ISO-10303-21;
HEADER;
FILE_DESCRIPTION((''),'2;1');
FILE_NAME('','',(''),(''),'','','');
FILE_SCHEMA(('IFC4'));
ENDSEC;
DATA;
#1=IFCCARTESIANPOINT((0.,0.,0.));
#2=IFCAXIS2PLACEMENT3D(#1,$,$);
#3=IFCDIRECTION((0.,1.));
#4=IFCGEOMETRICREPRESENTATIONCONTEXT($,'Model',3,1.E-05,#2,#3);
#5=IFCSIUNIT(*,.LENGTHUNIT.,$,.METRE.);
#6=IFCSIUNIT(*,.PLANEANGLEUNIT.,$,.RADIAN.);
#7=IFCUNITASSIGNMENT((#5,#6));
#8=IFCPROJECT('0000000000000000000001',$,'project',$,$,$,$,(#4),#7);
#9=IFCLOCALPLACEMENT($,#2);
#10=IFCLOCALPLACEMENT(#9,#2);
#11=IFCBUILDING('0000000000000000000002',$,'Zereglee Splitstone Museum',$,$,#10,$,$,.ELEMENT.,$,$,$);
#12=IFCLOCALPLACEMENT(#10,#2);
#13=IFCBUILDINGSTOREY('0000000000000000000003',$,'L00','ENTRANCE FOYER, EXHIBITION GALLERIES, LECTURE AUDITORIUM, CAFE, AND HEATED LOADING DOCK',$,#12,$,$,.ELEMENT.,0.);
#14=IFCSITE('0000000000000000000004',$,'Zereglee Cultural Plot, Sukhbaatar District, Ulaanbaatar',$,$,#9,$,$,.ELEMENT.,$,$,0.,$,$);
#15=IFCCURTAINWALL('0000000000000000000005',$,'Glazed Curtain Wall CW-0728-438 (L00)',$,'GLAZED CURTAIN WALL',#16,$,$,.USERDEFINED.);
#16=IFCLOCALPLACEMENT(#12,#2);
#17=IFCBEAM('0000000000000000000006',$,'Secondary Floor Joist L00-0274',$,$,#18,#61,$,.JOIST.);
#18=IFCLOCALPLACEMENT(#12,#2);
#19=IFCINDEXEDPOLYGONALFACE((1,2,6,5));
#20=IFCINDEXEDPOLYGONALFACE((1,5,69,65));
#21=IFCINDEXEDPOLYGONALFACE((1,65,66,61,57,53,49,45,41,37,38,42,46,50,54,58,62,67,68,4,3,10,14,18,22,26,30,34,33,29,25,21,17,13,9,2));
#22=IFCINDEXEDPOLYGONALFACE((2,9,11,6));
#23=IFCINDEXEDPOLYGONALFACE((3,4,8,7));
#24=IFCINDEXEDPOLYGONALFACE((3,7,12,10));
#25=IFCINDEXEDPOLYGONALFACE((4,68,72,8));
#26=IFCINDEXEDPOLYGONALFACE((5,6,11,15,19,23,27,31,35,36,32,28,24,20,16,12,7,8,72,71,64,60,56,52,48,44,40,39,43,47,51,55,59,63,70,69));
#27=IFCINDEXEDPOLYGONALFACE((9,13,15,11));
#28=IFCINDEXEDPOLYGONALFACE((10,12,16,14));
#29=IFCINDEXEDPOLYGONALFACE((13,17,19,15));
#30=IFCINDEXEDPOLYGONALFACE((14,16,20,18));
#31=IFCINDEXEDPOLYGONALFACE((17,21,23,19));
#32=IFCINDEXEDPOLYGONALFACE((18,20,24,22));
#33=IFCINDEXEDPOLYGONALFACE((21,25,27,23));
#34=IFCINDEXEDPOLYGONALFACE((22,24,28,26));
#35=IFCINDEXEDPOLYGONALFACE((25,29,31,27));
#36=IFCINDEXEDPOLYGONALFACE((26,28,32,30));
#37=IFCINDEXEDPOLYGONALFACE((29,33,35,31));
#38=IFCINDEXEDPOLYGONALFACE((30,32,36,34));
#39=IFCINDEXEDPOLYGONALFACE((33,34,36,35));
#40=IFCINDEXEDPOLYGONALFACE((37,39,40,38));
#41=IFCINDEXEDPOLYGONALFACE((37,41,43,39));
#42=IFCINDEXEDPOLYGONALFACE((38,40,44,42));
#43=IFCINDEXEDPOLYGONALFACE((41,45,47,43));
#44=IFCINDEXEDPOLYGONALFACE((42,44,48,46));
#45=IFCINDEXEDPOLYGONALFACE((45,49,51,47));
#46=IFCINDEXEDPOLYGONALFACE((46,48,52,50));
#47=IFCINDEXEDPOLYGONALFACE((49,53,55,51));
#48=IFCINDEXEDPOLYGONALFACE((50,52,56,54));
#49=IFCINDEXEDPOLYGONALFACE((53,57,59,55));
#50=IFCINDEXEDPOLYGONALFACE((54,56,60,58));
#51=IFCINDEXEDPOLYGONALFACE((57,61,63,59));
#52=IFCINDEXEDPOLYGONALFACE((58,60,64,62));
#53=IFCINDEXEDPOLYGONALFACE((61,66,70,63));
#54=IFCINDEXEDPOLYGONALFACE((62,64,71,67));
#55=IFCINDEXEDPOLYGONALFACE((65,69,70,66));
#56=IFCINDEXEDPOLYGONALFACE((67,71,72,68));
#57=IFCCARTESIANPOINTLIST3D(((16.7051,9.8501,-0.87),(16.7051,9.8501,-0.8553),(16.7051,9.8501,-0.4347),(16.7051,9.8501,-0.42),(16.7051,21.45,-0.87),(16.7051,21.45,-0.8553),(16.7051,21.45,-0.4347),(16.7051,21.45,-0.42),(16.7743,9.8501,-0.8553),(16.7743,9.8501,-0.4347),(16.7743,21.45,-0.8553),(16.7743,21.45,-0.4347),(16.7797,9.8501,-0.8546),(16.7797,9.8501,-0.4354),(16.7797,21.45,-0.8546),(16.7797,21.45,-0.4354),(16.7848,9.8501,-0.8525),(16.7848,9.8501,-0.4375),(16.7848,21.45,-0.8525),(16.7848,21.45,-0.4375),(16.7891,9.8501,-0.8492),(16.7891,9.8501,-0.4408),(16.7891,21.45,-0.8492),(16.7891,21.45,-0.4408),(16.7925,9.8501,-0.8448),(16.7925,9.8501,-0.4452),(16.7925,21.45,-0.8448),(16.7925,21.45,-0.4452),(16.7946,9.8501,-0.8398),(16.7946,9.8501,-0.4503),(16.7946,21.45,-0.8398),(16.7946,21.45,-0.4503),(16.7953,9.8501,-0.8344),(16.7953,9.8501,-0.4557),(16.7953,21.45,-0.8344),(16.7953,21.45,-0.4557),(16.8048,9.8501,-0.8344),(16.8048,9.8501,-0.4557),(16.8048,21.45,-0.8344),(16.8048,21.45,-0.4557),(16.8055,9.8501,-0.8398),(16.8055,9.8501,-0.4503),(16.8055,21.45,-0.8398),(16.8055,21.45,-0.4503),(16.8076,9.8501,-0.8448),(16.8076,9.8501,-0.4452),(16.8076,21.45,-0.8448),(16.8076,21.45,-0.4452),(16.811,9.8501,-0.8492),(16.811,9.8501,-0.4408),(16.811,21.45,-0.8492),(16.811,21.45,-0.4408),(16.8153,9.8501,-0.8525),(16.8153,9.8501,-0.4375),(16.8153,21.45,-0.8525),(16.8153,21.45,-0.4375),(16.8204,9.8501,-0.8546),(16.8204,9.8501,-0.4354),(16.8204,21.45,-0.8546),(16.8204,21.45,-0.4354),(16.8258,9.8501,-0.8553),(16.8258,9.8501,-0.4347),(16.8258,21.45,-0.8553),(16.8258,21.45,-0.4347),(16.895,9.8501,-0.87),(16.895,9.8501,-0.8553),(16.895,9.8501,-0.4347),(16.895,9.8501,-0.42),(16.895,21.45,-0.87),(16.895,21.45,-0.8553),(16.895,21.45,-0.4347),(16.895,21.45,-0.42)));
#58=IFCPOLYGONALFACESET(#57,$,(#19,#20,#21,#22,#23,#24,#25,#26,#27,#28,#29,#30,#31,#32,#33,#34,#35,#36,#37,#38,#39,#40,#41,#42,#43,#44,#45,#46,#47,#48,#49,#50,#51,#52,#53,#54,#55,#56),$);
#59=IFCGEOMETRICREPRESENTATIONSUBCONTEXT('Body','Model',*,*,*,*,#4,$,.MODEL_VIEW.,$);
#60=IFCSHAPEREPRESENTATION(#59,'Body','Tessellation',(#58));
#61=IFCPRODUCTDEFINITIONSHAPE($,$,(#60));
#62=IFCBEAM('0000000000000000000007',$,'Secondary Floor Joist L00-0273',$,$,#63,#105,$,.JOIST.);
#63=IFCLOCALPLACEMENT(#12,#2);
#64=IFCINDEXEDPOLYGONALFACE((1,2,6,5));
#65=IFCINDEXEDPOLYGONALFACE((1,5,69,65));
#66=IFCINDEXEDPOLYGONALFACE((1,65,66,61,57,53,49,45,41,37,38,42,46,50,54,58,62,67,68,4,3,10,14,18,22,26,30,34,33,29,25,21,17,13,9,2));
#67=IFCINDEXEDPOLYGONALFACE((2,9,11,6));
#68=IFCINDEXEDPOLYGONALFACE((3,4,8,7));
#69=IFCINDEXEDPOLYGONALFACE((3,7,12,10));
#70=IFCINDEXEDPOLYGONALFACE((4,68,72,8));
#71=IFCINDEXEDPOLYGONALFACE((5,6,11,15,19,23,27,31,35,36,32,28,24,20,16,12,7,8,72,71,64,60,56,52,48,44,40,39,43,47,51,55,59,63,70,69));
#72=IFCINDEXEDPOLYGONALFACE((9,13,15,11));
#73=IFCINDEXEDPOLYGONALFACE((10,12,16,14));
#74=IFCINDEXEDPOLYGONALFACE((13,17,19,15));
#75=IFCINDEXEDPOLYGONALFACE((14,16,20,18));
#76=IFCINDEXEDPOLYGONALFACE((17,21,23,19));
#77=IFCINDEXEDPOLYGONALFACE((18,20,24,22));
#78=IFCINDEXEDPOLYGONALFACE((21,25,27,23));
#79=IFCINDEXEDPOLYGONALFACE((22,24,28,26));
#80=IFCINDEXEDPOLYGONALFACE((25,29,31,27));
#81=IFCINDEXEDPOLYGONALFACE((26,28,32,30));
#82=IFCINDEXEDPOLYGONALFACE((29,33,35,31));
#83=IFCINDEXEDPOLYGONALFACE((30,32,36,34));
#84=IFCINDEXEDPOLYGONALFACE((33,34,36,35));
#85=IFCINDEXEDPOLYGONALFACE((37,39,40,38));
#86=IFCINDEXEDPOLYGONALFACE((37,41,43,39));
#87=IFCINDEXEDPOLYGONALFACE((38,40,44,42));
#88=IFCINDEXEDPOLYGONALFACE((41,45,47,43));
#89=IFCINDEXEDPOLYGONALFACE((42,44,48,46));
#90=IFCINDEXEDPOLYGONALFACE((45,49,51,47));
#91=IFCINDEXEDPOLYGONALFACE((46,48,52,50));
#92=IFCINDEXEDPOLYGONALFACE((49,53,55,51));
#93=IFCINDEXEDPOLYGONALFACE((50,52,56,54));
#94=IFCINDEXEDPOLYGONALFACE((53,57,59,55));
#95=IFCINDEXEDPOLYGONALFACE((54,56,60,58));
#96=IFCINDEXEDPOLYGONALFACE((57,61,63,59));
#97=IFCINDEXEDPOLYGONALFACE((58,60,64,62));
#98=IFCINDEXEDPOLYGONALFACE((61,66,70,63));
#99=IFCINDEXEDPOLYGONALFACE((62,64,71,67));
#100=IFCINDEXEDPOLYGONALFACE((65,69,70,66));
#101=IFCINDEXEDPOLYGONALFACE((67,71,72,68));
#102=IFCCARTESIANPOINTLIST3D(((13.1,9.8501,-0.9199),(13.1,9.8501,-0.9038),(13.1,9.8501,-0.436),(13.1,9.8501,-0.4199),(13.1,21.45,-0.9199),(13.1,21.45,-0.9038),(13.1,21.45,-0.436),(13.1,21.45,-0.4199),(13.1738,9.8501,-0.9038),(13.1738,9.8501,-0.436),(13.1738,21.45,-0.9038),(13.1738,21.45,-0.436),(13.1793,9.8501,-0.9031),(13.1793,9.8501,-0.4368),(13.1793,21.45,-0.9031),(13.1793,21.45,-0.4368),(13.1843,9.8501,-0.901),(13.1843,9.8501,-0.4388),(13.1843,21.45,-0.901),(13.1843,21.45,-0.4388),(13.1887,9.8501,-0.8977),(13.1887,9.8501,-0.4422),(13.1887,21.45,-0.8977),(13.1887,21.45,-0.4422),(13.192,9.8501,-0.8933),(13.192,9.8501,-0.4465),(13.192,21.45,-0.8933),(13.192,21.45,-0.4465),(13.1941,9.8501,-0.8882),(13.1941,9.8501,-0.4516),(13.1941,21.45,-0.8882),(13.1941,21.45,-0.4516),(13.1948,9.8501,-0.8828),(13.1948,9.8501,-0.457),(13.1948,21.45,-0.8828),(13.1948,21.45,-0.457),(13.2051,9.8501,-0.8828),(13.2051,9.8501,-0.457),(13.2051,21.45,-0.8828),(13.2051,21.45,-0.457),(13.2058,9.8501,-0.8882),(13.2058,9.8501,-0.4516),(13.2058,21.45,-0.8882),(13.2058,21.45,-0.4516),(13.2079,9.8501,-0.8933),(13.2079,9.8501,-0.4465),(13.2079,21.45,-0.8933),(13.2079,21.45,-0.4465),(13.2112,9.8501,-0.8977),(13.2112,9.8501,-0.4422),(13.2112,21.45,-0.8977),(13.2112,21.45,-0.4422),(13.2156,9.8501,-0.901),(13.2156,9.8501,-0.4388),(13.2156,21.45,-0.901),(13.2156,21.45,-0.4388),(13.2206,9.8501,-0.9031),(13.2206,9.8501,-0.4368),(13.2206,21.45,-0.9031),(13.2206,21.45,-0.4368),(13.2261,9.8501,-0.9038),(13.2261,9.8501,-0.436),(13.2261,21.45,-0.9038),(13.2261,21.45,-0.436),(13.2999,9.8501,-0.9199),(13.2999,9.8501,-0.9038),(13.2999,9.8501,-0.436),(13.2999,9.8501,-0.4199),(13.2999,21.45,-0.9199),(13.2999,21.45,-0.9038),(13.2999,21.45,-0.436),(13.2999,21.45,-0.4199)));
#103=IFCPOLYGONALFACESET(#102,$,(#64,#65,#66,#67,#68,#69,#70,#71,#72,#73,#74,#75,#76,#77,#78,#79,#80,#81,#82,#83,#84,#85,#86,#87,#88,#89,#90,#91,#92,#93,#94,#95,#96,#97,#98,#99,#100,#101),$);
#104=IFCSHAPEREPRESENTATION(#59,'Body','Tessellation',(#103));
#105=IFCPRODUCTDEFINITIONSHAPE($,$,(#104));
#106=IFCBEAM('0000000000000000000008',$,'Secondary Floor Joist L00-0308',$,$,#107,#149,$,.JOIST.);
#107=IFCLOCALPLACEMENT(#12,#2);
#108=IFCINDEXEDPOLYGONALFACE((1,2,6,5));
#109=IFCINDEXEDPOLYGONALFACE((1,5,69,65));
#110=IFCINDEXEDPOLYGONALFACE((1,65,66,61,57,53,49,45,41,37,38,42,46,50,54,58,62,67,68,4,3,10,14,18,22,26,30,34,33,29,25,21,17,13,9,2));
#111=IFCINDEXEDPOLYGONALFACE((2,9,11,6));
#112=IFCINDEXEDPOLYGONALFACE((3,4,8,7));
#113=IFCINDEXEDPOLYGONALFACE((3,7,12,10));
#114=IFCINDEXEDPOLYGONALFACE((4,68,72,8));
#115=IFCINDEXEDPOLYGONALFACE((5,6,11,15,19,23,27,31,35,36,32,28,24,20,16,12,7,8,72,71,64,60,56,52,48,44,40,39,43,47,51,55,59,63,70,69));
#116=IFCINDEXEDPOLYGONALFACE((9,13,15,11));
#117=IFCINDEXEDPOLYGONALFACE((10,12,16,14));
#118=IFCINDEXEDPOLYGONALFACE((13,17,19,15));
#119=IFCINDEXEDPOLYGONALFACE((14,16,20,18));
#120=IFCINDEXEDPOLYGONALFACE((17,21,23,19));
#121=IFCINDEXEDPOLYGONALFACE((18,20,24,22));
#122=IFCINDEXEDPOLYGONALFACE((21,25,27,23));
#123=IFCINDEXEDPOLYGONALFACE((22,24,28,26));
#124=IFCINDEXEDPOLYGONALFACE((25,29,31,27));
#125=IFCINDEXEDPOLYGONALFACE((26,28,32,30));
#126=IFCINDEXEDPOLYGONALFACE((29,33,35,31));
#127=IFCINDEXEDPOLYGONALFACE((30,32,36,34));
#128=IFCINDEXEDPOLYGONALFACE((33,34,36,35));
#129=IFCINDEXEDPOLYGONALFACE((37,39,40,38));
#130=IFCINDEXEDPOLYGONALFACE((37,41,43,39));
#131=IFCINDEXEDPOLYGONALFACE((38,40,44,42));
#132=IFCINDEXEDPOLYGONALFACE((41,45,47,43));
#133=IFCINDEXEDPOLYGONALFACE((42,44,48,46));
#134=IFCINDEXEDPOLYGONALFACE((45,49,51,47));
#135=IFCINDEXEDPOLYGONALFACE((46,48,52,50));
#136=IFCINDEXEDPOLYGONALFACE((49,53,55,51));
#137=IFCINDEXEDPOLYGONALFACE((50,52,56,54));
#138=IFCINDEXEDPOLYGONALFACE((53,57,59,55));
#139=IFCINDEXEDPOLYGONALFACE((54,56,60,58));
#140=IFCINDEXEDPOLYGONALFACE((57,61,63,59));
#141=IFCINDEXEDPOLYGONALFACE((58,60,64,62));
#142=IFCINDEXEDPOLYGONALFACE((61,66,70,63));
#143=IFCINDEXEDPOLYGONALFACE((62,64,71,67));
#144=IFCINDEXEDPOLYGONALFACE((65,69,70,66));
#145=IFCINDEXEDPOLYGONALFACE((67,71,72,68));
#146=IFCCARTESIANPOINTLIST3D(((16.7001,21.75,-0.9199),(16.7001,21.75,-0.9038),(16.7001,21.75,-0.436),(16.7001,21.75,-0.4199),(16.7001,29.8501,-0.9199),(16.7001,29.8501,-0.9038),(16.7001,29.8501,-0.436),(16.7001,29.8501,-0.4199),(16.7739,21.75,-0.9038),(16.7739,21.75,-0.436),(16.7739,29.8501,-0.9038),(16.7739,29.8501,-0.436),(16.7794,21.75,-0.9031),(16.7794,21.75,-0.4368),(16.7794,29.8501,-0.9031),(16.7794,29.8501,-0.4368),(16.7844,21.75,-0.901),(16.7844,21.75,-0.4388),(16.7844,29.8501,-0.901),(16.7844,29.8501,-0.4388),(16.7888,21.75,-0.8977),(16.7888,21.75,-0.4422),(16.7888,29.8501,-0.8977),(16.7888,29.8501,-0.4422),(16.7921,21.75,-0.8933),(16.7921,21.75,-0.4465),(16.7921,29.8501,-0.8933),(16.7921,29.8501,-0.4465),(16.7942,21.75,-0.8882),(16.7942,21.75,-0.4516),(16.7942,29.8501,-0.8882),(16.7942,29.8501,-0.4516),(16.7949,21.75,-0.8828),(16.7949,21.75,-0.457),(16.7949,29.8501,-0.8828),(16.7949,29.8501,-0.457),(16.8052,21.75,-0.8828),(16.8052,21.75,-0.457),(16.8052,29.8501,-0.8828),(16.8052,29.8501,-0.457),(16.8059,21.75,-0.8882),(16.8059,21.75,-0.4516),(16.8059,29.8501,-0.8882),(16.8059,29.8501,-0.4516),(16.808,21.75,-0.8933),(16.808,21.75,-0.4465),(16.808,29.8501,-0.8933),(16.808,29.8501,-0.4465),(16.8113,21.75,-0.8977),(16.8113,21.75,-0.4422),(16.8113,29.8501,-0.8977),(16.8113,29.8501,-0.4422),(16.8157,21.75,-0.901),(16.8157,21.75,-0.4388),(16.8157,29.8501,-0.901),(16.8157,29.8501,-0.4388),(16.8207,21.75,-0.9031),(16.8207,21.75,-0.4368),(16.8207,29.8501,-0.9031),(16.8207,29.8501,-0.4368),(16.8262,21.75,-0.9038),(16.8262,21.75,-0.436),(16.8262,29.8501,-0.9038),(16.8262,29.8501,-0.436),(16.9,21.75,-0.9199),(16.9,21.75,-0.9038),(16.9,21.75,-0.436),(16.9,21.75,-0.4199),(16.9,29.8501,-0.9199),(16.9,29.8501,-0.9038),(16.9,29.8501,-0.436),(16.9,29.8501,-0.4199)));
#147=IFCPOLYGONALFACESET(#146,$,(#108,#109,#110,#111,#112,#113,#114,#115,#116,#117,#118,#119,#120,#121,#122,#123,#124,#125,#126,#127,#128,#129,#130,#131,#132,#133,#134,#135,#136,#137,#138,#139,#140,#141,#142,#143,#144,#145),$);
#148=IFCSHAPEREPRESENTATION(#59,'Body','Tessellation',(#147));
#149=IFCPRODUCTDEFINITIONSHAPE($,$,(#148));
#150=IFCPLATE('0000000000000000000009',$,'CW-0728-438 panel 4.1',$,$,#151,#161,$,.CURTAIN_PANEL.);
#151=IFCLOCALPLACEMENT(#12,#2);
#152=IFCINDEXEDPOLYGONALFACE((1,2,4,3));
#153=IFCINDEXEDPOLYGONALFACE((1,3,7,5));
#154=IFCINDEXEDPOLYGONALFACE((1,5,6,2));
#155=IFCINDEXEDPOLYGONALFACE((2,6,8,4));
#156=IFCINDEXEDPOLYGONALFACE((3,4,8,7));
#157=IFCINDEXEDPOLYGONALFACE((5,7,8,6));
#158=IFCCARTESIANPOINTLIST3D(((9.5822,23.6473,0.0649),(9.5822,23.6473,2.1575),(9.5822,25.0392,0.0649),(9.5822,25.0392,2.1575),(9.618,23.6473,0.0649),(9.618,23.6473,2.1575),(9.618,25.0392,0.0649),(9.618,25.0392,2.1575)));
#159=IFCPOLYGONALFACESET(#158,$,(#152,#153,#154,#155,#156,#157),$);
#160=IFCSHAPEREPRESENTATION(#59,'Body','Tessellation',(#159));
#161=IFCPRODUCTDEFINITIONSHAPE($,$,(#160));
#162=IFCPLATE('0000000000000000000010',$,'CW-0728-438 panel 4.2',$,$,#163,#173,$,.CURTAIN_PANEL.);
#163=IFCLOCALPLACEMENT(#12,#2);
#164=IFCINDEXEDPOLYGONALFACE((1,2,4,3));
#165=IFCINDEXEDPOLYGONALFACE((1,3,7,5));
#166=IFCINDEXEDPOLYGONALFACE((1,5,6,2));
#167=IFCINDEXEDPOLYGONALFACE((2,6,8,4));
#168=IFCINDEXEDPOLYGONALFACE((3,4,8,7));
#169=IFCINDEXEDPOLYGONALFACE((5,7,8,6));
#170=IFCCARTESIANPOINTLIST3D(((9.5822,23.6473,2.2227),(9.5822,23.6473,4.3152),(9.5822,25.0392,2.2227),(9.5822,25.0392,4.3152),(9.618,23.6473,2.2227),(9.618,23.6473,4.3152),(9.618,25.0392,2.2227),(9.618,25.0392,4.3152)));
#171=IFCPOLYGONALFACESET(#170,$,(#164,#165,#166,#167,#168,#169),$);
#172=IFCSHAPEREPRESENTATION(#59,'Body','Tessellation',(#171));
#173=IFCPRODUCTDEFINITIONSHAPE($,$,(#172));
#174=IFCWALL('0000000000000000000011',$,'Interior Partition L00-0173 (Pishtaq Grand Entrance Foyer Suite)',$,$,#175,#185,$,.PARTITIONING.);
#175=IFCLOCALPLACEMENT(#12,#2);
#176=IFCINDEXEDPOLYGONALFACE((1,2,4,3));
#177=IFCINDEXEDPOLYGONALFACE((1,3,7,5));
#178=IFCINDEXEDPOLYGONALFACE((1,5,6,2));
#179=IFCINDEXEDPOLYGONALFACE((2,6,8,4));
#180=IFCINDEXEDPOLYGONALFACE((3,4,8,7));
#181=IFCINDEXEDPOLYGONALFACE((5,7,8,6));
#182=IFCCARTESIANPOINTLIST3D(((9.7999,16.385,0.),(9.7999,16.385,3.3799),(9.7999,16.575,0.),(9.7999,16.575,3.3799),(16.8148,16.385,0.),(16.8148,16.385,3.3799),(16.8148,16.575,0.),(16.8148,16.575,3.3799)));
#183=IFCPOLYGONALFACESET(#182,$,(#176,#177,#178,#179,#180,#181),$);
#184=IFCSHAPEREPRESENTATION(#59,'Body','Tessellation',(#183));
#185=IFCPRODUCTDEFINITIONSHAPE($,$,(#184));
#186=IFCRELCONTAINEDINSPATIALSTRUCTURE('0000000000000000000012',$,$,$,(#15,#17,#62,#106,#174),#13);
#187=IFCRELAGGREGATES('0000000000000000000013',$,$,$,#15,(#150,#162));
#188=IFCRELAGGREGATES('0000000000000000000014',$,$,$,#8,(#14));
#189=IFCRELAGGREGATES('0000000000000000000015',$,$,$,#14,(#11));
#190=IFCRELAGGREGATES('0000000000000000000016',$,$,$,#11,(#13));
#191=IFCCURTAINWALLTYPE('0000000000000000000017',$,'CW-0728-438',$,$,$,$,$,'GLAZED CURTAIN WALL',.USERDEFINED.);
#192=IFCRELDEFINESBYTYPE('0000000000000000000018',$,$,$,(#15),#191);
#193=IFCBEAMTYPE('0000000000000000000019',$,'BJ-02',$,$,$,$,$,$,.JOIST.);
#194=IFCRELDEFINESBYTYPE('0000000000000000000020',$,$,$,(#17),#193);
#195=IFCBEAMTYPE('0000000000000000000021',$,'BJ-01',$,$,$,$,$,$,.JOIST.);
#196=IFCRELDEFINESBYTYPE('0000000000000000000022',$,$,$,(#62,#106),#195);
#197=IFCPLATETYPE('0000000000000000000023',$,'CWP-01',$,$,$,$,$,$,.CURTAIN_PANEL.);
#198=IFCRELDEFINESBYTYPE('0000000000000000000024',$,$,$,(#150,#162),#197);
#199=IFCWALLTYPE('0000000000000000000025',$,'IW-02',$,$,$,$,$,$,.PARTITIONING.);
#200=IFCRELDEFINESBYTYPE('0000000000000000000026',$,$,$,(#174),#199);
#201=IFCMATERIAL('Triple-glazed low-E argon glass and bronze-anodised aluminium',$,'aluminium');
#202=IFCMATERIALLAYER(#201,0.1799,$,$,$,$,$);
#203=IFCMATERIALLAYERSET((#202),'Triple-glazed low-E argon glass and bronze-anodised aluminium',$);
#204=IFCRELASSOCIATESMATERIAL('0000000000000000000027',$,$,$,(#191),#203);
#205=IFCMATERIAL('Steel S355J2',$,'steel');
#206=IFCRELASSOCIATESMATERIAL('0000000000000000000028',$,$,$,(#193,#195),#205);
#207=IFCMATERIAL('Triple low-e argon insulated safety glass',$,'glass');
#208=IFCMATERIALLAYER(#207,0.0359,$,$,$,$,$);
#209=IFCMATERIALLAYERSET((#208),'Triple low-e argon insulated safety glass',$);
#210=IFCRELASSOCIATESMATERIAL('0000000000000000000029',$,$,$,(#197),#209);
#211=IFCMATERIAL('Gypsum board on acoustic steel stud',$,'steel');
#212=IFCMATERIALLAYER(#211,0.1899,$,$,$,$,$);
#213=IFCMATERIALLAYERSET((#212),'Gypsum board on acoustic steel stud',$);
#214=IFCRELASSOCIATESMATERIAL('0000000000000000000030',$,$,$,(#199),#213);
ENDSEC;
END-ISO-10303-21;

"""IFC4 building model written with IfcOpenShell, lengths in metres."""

from ifc_helpers import new_model, si_unit, direction, frame, frame_2d, origin, origin_2d, place, context, subcontext, project, spatial, rectangle, i_section, extrude, material, layer, layer_set, material_profile, profile_set, type_object, element, aggregate, save


model = new_model("IFC4")

# Units and contexts
model_context = context("Model", 3, precision=1e-05, world=origin(), true_north=direction((0.0, 1.0)))
body_context = subcontext(model_context, "Body", "Model", "MODEL_VIEW")
ifc_project = project(units=[si_unit("LENGTHUNIT", "METRE"), si_unit("PLANEANGLEUNIT", "RADIAN")], contexts=[model_context])

# Site, building, storey
site_placement = place(None, origin())
site = spatial("IfcSite", under=ifc_project, at=site_placement, Name="Zereglee Cultural Plot, Sukhbaatar District, Ulaanbaatar", CompositionType="ELEMENT", RefElevation=0.0)
building_placement = place(site_placement, origin())
building = spatial("IfcBuilding", under=site, at=building_placement, Name="Zereglee Splitstone Museum", CompositionType="ELEMENT")
storey_placement = place(building_placement, origin())
storey = spatial("IfcBuildingStorey", under=building, at=storey_placement, Name="L00", Description="ENTRANCE FOYER, EXHIBITION GALLERIES, LECTURE AUDITORIUM, CAFE, AND HEATED LOADING DOCK", CompositionType="ELEMENT", Elevation=0.0)

# Curtain wall
ifc_material_1 = material(Name="Triple-glazed low-E argon glass and bronze-anodised aluminium", Category="aluminium")
ifc_layer_1 = layer(ifc_material_1, 0.1799)
ifc_layer_set_1 = layer_set([ifc_layer_1], Name="Triple-glazed low-E argon glass and bronze-anodised aluminium")
curtain_wall_type = type_object("IfcCurtainWallType", Name="CW-0728-438", ElementType="GLAZED CURTAIN WALL", PredefinedType="USERDEFINED", material=ifc_layer_set_1)
curtain_wall_placement = place(storey_placement, origin())
curtain_wall = element("IfcCurtainWall", 1, at=curtain_wall_placement, inside=storey, type_object=curtain_wall_type, Name="Glazed Curtain Wall CW-0728-438 (L00)", ObjectType="GLAZED CURTAIN WALL", PredefinedType="USERDEFINED")

# Beams
ifc_material_2 = material(Name="Steel S355J2", Category="steel")
ifc_material_profile_1 = material_profile(ifc_material_2, i_section(OverallWidth=0.1899, OverallDepth=0.45, WebThickness=0.0095, FlangeThickness=0.0146, FilletRadius=0.021, at=origin_2d()), Name="IPE 450")
ifc_profile_set_1 = profile_set([ifc_material_profile_1], Name="Steel S355J2")
beam_type_1 = type_object("IfcBeamType", Name="BJ-02", PredefinedType="JOIST", material=ifc_profile_set_1)
beam_1_placement = place(storey_placement, frame((16.8, 9.8501, -0.645), z_axis=(0.0, 1.0, 0.0), x_axis=(-1.0, 0.0, 0.0)))
element("IfcBeam", 2, at=beam_1_placement, inside=storey, type_object=beam_type_1, Name="Secondary Floor Joist L00-0274", PredefinedType="JOIST", context=body_context, shape_type="SweptSolid", body=[
    extrude(i_section(OverallWidth=0.1899, OverallDepth=0.45, WebThickness=0.0095, FlangeThickness=0.0146, FilletRadius=0.021, at=origin_2d()), origin(), (0.0, 0.0, 1.0), 11.5999),
])
ifc_material_profile_2 = material_profile(ifc_material_2, i_section(OverallWidth=0.2, OverallDepth=0.5, WebThickness=0.0103, FlangeThickness=0.0161, FilletRadius=0.021, at=origin_2d()), Name="IPE 500")
ifc_profile_set_2 = profile_set([ifc_material_profile_2], Name="Steel S355J2")
beam_type_2 = type_object("IfcBeamType", Name="BJ-01", PredefinedType="JOIST", material=ifc_profile_set_2)
beam_2_placement = place(storey_placement, frame((13.2, 9.8501, -0.6699), z_axis=(0.0, 1.0, 0.0), x_axis=(-1.0, 0.0, 0.0)))
element("IfcBeam", 3, at=beam_2_placement, inside=storey, type_object=beam_type_2, Name="Secondary Floor Joist L00-0273", PredefinedType="JOIST", context=body_context, shape_type="SweptSolid", body=[
    extrude(i_section(OverallWidth=0.2, OverallDepth=0.5, WebThickness=0.0103, FlangeThickness=0.0161, FilletRadius=0.021, at=origin_2d()), origin(), (0.0, 0.0, 1.0), 11.5999),
])
beam_3_placement = place(storey_placement, frame((16.8, 21.75, -0.6699), z_axis=(0.0, 1.0, 0.0), x_axis=(-1.0, 0.0, 0.0)))
element("IfcBeam", 4, at=beam_3_placement, inside=storey, type_object=beam_type_2, Name="Secondary Floor Joist L00-0308", PredefinedType="JOIST", context=body_context, shape_type="SweptSolid", body=[
    extrude(i_section(OverallWidth=0.2, OverallDepth=0.5, WebThickness=0.0103, FlangeThickness=0.0161, FilletRadius=0.021, at=origin_2d()), origin(), (0.0, 0.0, 1.0), 8.1001),
])

# Plates
ifc_material_3 = material(Name="Triple low-e argon insulated safety glass", Category="glass")
ifc_layer_2 = layer(ifc_material_3, 0.0359)
ifc_layer_set_2 = layer_set([ifc_layer_2], Name="Triple low-e argon insulated safety glass")
plate_type = type_object("IfcPlateType", Name="CWP-01", PredefinedType="CURTAIN_PANEL", material=ifc_layer_set_2)
plate_1_placement = place(storey_placement, frame((9.6001, 24.3433, 0.0649), z_axis=(0.0, 0.0, 1.0), x_axis=(0.0, -1.0, 0.0)))
plate_1 = element("IfcPlate", 5, at=plate_1_placement, type_object=plate_type, Name="CW-0728-438 panel 4.1", PredefinedType="CURTAIN_PANEL", context=body_context, shape_type="SweptSolid", body=[
    extrude(rectangle(XDim=1.3918, YDim=0.0359, at=origin_2d()), origin(), (0.0, 0.0, 1.0), 2.0925),
])
plate_2_placement = place(storey_placement, frame((9.6001, 24.3433, 2.2227), z_axis=(0.0, 0.0, 1.0), x_axis=(0.0, -1.0, 0.0)))
plate_2 = element("IfcPlate", 6, at=plate_2_placement, type_object=plate_type, Name="CW-0728-438 panel 4.2", PredefinedType="CURTAIN_PANEL", context=body_context, shape_type="SweptSolid", body=[
    extrude(rectangle(XDim=1.3918, YDim=0.0359, at=origin_2d()), origin(), (0.0, 0.0, 1.0), 2.0925),
])
aggregate(curtain_wall, [plate_1, plate_2])

# Wall
ifc_material_4 = material(Name="Gypsum board on acoustic steel stud", Category="steel")
ifc_layer_3 = layer(ifc_material_4, 0.1899)
ifc_layer_set_3 = layer_set([ifc_layer_3], Name="Gypsum board on acoustic steel stud")
wall_type = type_object("IfcWallType", Name="IW-02", PredefinedType="PARTITIONING", material=ifc_layer_set_3)
wall_1_placement = place(storey_placement, frame((9.8, 16.48, 0.0), z_axis=(0.0, 0.0, 1.0), x_axis=(1.0, 0.0, 0.0)))
element("IfcWall", 7, at=wall_1_placement, inside=storey, type_object=wall_type, Name="Interior Partition L00-0173 (Pishtaq Grand Entrance Foyer Suite)", PredefinedType="PARTITIONING", context=body_context, shape_type="SweptSolid", body=[
    extrude(rectangle(XDim=7.0149, YDim=0.1899, at=frame_2d((3.5073, 0.0))), origin(), (0.0, 0.0, 1.0), 3.3799),
])

save(model, "model.ifc")
